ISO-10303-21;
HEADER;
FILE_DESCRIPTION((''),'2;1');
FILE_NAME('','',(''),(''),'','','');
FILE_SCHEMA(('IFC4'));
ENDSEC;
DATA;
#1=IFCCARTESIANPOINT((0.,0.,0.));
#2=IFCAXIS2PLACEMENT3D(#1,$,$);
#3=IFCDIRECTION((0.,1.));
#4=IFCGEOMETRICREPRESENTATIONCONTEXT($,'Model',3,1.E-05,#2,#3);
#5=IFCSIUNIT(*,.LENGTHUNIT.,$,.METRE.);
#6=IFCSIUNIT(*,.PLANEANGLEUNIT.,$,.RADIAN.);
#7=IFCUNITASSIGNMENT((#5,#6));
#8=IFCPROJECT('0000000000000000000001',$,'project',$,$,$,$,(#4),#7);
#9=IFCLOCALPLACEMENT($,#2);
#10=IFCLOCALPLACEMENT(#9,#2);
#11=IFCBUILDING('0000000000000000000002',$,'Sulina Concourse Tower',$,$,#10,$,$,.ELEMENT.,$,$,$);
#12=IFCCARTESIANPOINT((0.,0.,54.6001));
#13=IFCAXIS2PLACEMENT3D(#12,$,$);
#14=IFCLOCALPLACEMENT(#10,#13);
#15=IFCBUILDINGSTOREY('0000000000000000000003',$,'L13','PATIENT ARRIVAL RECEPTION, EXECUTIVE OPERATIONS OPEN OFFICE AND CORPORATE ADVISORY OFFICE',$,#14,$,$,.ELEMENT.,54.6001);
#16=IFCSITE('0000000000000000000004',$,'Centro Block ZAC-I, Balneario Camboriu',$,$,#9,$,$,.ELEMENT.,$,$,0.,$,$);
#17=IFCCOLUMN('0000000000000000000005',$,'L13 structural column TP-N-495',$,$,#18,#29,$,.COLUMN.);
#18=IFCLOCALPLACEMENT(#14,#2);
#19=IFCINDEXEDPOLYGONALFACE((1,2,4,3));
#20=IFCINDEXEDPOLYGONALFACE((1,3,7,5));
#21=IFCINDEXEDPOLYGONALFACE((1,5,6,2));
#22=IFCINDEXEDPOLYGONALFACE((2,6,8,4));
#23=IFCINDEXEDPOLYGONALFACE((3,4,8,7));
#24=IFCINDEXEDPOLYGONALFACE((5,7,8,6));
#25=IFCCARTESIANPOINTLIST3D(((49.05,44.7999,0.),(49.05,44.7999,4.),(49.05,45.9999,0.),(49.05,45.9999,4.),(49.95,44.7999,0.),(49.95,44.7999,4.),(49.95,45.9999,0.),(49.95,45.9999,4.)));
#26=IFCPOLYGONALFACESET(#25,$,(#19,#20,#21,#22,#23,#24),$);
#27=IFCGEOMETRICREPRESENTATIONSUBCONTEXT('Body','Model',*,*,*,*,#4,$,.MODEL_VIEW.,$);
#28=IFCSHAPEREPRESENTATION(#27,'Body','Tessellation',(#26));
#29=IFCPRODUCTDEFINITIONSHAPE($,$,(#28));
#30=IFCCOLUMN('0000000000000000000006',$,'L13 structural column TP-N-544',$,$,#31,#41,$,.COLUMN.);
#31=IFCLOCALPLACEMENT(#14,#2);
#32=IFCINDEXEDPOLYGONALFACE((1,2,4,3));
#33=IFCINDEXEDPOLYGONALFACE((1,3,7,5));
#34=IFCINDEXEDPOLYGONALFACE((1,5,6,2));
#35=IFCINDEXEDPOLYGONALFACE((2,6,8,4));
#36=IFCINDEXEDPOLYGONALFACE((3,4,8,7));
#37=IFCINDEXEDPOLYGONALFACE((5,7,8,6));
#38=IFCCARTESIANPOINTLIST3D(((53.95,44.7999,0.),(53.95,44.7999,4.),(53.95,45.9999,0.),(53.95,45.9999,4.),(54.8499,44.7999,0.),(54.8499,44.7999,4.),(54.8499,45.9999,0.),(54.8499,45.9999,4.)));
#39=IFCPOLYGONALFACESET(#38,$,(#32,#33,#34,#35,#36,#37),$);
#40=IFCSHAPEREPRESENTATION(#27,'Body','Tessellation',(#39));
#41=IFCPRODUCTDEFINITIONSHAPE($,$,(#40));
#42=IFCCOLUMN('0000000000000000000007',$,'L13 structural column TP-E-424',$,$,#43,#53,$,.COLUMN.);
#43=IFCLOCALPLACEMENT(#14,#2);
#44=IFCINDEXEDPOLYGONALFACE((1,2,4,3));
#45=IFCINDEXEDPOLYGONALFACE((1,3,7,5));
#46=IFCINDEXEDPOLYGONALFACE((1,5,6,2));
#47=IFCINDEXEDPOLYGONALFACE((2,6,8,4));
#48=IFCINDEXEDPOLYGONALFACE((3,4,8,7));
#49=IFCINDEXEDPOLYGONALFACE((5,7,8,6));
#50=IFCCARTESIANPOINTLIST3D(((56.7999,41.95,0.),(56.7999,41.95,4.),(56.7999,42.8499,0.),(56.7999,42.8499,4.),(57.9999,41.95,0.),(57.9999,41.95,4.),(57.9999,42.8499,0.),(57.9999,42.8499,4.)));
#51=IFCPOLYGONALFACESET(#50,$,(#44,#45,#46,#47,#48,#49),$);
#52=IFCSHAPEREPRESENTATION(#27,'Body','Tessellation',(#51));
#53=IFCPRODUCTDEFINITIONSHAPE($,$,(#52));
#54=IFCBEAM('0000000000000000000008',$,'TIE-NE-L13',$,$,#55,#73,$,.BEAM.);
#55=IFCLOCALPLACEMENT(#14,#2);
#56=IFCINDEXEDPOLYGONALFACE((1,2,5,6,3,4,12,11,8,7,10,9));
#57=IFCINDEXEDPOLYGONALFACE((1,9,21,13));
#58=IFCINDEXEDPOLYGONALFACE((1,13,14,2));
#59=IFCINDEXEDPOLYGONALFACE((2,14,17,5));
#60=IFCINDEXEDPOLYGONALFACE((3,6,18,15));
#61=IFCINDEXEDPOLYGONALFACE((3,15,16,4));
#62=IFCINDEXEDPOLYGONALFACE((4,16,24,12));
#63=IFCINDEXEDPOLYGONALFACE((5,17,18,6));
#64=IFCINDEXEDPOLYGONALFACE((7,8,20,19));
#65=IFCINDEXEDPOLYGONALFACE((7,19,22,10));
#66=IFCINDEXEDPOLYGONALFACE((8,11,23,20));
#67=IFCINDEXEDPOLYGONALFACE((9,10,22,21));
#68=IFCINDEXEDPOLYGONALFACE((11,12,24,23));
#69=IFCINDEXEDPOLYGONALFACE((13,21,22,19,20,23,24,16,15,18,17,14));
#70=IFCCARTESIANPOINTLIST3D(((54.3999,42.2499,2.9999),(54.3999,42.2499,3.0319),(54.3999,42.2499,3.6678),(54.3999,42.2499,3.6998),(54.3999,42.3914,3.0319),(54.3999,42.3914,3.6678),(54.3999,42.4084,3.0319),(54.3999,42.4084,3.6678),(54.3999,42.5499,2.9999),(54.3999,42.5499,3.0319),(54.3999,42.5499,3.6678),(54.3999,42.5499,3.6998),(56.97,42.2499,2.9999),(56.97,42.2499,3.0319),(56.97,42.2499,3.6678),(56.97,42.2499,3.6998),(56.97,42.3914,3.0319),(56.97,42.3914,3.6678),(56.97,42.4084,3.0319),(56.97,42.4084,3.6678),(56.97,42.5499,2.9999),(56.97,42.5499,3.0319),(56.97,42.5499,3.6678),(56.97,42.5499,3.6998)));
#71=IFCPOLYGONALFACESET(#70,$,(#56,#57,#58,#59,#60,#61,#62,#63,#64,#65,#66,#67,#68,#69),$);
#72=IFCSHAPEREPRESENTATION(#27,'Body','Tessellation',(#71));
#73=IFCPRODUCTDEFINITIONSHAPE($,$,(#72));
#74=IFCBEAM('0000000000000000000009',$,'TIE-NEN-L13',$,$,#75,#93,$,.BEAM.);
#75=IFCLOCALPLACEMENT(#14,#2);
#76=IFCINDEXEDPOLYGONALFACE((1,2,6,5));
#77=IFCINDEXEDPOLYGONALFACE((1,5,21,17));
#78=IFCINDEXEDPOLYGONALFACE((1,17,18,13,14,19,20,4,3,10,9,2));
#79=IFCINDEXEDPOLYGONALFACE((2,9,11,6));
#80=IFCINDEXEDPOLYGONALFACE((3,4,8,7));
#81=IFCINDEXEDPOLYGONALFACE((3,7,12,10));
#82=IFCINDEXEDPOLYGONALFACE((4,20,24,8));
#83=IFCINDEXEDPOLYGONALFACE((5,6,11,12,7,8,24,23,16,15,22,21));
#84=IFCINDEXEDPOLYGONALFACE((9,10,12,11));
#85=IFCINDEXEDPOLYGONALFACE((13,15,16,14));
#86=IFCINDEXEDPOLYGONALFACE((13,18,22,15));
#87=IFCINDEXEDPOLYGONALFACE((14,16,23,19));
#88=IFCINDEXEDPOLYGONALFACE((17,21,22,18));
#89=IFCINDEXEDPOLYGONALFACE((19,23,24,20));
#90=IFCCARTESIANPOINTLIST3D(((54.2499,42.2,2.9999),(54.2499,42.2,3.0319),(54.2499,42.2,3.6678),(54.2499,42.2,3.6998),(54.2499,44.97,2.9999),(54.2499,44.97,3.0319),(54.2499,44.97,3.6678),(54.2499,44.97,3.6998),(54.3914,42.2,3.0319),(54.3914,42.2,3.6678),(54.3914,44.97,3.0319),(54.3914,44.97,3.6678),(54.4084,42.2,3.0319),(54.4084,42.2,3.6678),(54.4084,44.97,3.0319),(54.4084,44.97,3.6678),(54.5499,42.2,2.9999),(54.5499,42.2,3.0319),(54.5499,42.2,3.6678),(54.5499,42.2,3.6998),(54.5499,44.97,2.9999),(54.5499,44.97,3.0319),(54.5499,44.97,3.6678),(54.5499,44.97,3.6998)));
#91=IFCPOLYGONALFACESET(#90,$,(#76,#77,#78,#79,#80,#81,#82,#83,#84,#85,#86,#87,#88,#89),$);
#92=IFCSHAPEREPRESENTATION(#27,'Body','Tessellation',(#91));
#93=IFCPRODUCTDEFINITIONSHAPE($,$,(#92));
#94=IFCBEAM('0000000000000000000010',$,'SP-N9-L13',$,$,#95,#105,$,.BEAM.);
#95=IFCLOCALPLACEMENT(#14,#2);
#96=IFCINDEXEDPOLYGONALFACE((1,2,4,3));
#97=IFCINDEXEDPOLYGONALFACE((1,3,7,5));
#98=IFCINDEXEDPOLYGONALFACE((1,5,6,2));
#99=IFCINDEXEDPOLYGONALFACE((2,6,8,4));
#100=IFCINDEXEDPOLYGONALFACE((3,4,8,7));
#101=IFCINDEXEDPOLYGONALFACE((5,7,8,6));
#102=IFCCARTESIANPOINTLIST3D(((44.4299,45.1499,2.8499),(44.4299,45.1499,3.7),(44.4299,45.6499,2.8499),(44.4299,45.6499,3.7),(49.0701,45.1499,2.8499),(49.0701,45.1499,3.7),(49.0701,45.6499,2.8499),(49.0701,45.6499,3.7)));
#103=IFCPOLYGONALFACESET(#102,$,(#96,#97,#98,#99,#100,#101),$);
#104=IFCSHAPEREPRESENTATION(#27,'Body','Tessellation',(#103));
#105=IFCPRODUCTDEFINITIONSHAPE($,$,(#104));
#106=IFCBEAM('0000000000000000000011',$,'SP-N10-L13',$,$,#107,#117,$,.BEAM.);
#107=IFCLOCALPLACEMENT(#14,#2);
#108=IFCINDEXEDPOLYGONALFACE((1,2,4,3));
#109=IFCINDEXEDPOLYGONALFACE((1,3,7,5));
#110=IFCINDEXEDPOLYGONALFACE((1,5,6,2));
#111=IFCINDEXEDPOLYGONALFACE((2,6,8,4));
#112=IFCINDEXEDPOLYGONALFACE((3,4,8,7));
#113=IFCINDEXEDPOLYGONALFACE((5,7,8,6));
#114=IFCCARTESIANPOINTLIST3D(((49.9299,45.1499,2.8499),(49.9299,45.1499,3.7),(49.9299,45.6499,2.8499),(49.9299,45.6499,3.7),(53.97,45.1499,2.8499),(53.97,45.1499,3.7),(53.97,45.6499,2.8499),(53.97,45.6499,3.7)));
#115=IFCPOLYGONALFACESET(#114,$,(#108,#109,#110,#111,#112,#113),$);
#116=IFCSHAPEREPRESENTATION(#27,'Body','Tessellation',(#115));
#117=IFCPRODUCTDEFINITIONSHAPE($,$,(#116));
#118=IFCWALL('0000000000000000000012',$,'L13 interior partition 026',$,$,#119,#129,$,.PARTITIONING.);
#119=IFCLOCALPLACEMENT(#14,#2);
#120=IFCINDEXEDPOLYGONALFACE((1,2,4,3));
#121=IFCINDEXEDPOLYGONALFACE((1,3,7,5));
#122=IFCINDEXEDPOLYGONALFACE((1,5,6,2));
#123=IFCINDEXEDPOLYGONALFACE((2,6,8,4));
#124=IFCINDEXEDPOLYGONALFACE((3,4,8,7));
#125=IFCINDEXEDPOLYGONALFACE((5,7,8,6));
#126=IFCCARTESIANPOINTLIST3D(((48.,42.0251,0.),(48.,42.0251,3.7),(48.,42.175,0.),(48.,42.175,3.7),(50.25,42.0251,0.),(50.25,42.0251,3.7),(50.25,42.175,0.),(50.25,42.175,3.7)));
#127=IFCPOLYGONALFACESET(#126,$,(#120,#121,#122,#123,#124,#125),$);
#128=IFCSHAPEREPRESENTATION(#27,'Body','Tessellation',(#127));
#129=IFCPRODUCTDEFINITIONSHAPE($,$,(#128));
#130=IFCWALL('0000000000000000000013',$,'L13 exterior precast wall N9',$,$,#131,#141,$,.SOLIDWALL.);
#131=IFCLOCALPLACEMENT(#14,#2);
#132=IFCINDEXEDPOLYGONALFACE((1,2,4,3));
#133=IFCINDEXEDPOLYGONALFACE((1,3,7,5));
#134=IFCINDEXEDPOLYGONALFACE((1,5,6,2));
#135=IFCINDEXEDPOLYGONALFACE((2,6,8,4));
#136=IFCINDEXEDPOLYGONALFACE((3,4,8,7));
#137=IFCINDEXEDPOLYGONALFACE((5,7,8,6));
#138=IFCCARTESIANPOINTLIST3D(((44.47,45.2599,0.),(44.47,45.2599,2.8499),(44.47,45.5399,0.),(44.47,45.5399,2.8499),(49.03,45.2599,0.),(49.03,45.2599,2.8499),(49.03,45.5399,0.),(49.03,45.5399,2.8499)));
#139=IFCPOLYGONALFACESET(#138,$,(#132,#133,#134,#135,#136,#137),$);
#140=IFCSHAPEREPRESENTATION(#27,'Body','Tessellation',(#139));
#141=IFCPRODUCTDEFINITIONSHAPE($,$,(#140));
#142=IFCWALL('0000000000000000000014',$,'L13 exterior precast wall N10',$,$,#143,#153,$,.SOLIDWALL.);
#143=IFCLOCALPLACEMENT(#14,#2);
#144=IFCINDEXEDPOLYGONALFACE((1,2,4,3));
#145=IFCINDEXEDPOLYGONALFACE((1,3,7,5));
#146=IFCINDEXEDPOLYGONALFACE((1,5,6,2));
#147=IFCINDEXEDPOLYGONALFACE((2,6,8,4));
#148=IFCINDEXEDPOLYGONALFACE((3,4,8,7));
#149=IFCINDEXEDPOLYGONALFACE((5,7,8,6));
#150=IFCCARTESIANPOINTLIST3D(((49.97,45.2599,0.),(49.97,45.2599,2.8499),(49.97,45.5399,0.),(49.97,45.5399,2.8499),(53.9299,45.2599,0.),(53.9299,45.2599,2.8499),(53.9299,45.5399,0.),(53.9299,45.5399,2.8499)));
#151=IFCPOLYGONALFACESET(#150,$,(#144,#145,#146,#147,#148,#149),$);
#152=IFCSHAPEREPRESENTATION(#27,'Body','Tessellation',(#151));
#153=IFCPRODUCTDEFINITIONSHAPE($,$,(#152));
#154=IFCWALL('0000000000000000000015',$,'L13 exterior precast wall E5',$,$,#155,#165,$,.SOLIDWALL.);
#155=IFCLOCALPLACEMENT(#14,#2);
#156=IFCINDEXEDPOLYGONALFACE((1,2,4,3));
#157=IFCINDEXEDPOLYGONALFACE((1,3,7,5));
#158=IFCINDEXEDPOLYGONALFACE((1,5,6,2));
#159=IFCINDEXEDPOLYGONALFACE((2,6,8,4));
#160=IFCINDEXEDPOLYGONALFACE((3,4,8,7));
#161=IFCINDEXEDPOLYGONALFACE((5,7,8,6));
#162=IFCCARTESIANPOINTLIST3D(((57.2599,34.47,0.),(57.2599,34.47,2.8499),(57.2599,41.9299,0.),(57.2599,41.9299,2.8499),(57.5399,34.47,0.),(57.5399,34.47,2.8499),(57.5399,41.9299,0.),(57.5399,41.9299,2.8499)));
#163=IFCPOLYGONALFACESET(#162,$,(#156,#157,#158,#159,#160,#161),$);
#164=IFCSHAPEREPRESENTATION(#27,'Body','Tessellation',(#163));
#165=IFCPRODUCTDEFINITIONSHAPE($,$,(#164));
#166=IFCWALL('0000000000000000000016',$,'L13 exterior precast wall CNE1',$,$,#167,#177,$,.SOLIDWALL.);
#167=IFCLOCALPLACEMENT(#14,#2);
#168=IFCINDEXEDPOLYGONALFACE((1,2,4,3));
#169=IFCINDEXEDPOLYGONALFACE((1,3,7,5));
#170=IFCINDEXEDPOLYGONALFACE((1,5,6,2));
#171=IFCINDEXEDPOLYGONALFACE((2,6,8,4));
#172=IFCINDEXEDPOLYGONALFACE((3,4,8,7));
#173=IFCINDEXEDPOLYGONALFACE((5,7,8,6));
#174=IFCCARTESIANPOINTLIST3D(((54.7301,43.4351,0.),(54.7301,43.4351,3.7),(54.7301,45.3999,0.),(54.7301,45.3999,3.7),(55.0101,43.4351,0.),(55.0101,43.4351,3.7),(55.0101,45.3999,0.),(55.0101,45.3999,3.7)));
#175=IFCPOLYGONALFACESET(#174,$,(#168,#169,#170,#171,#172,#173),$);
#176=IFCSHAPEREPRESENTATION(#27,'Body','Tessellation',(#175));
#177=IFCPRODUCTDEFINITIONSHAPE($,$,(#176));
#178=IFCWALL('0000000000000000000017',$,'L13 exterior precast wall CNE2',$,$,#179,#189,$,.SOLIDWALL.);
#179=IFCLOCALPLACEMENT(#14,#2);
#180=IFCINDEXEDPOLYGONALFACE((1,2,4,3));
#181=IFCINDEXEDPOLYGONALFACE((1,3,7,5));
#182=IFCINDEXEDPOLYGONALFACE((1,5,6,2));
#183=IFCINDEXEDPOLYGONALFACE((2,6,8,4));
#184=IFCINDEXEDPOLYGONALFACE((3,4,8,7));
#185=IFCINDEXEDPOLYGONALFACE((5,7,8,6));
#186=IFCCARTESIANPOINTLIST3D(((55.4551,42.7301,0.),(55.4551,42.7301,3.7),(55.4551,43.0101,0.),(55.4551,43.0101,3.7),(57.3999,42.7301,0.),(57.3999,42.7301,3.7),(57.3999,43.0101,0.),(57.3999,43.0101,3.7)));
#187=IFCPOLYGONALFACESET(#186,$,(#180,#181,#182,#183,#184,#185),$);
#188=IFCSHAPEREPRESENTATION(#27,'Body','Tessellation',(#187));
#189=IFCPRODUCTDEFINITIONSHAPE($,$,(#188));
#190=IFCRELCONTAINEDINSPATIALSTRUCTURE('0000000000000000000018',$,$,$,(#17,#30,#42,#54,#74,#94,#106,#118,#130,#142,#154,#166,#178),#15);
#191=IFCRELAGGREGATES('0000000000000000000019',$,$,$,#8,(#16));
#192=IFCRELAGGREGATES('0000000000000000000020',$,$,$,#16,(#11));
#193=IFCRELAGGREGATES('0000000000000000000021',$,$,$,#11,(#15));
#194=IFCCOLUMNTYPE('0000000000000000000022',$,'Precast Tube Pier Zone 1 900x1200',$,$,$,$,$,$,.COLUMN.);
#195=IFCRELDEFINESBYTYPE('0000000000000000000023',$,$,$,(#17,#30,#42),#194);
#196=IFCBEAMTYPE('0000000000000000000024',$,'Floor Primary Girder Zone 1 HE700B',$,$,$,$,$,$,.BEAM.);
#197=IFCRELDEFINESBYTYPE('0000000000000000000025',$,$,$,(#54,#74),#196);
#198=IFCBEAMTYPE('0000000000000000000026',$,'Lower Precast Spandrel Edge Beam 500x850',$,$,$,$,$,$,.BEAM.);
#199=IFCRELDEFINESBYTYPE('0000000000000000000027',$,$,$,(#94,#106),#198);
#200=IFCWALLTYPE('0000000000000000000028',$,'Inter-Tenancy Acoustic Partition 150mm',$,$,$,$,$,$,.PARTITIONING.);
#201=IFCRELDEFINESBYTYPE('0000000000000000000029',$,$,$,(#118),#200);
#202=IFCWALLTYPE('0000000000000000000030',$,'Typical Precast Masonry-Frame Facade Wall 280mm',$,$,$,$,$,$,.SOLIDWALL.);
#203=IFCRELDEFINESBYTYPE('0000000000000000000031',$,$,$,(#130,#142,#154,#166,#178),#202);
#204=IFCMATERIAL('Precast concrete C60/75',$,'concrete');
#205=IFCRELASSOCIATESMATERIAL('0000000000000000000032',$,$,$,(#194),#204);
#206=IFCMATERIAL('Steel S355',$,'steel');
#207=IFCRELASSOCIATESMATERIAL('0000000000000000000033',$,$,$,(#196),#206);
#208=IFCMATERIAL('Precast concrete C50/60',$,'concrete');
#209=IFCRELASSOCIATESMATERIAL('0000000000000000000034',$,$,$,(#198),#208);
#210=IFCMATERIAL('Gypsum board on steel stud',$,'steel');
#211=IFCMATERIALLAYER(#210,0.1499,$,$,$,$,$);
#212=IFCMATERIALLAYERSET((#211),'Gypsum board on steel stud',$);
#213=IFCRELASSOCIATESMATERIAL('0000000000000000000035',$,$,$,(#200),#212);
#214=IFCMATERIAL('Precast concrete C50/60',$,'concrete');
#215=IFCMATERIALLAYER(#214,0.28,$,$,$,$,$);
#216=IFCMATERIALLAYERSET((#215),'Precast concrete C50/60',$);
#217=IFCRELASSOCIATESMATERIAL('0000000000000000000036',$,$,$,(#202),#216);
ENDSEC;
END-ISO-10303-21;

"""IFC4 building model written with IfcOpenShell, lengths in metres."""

from ifc_helpers import new_model, si_unit, direction, frame, frame_2d, origin, origin_2d, place, context, subcontext, project, spatial, rectangle, i_section, extrude, material, layer, layer_set, material_profile, profile_set, type_object, element, save


model = new_model("IFC4")

# Units and contexts
model_context = context("Model", 3, precision=1e-05, world=origin(), true_north=direction((0.0, 1.0)))
body_context = subcontext(model_context, "Body", "Model", "MODEL_VIEW")
ifc_project = project(units=[si_unit("LENGTHUNIT", "METRE"), si_unit("PLANEANGLEUNIT", "RADIAN")], contexts=[model_context])

# Site, building, storey
site_placement = place(None, origin())
site = spatial("IfcSite", under=ifc_project, at=site_placement, Name="Centro Block ZAC-I, Balneario Camboriu", CompositionType="ELEMENT", RefElevation=0.0)
building_placement = place(site_placement, origin())
building = spatial("IfcBuilding", under=site, at=building_placement, Name="Sulina Concourse Tower", CompositionType="ELEMENT")
storey_placement = place(building_placement, frame((0.0, 0.0, 54.6001)))
storey = spatial("IfcBuildingStorey", under=building, at=storey_placement, Name="L13", Description="PATIENT ARRIVAL RECEPTION, EXECUTIVE OPERATIONS OPEN OFFICE AND CORPORATE ADVISORY OFFICE", CompositionType="ELEMENT", Elevation=54.6001)

# Columns
ifc_material_1 = material(Name="Precast concrete C60/75", Category="concrete")
ifc_material_profile_1 = material_profile(ifc_material_1, rectangle(XDim=0.8999, YDim=1.2, at=origin_2d()), Name="PC 900x1200")
ifc_profile_set_1 = profile_set([ifc_material_profile_1], Name="Precast concrete C60/75")
column_type = type_object("IfcColumnType", Name="Precast Tube Pier Zone 1 900x1200", PredefinedType="COLUMN", material=ifc_profile_set_1)
for number, where, z_axis, x_axis, name in (
    (1, (49.5, 45.3999, 0.0), (0.0, 0.0, 1.0), (1.0, 0.0, 0.0), "L13 structural column TP-N-495"),
    (2, (54.3999, 45.3999, 0.0), (0.0, 0.0, 1.0), (1.0, 0.0, 0.0), "L13 structural column TP-N-544"),
    (3, (57.3999, 42.3999, 0.0), (0.0, 0.0, 1.0), (0.0, 1.0, 0.0), "L13 structural column TP-E-424"),
):
    element("IfcColumn", number, at=place(storey_placement, frame(where, z_axis=z_axis, x_axis=x_axis)), inside=storey, type_object=column_type, Name=name, PredefinedType="COLUMN", context=body_context, shape_type="SweptSolid", body=[
        extrude(rectangle(XDim=0.8999, YDim=1.2, at=origin_2d()), origin(), (0.0, 0.0, 1.0), 4.0),
    ])

# Beams
ifc_material_2 = material(Name="Steel S355", Category="steel")
ifc_material_profile_2 = material_profile(ifc_material_2, i_section(OverallWidth=0.3, OverallDepth=0.7, WebThickness=0.0171, FlangeThickness=0.032, at=origin_2d()), Name="HE 700 B")
ifc_profile_set_2 = profile_set([ifc_material_profile_2], Name="Steel S355")
beam_type_1 = type_object("IfcBeamType", Name="Floor Primary Girder Zone 1 HE700B", PredefinedType="BEAM", material=ifc_profile_set_2)
beam_1_placement = place(storey_placement, frame((54.3999, 42.3999, 3.3499), z_axis=(1.0, 0.0, 0.0), x_axis=(0.0, 1.0, 0.0)))
element("IfcBeam", 4, at=beam_1_placement, inside=storey, type_object=beam_type_1, Name="TIE-NE-L13", PredefinedType="BEAM", context=body_context, shape_type="SweptSolid", body=[
    extrude(i_section(OverallWidth=0.3, OverallDepth=0.7, WebThickness=0.0171, FlangeThickness=0.032, at=origin_2d()), origin(), (0.0, 0.0, 1.0), 2.5701),
])
beam_2_placement = place(storey_placement, frame((54.3999, 42.2, 3.3499), z_axis=(0.0, 1.0, 0.0), x_axis=(-1.0, 0.0, 0.0)))
element("IfcBeam", 5, at=beam_2_placement, inside=storey, type_object=beam_type_1, Name="TIE-NEN-L13", PredefinedType="BEAM", context=body_context, shape_type="SweptSolid", body=[
    extrude(i_section(OverallWidth=0.3, OverallDepth=0.7, WebThickness=0.0171, FlangeThickness=0.032, at=origin_2d()), origin(), (0.0, 0.0, 1.0), 2.77),
])
ifc_material_3 = material(Name="Precast concrete C50/60", Category="concrete")
ifc_material_profile_3 = material_profile(ifc_material_3, rectangle(XDim=0.5, YDim=0.8501, at=origin_2d()), Name="RC 500x850")
ifc_profile_set_3 = profile_set([ifc_material_profile_3], Name="Precast concrete C50/60")
beam_type_2 = type_object("IfcBeamType", Name="Lower Precast Spandrel Edge Beam 500x850", PredefinedType="BEAM", material=ifc_profile_set_3)
beam_3_placement = place(storey_placement, frame((44.4299, 45.3999, 3.2749), z_axis=(1.0, 0.0, 0.0), x_axis=(0.0, 1.0, 0.0)))
element("IfcBeam", 6, at=beam_3_placement, inside=storey, type_object=beam_type_2, Name="SP-N9-L13", PredefinedType="BEAM", context=body_context, shape_type="SweptSolid", body=[
    extrude(rectangle(XDim=0.5, YDim=0.8501, at=origin_2d()), origin(), (0.0, 0.0, 1.0), 4.6401),
])
beam_4_placement = place(storey_placement, frame((49.9299, 45.3999, 3.2749), z_axis=(1.0, 0.0, 0.0), x_axis=(0.0, 1.0, 0.0)))
element("IfcBeam", 7, at=beam_4_placement, inside=storey, type_object=beam_type_2, Name="SP-N10-L13", PredefinedType="BEAM", context=body_context, shape_type="SweptSolid", body=[
    extrude(rectangle(XDim=0.5, YDim=0.8501, at=origin_2d()), origin(), (0.0, 0.0, 1.0), 4.04),
])

# Walls
ifc_material_4 = material(Name="Gypsum board on steel stud", Category="steel")
ifc_layer_1 = layer(ifc_material_4, 0.1499)
ifc_layer_set_1 = layer_set([ifc_layer_1], Name="Gypsum board on steel stud")
wall_type_1 = type_object("IfcWallType", Name="Inter-Tenancy Acoustic Partition 150mm", PredefinedType="PARTITIONING", material=ifc_layer_set_1)
wall_1_placement = place(storey_placement, frame((48.0, 42.1001, 0.0), z_axis=(0.0, 0.0, 1.0), x_axis=(1.0, 0.0, 0.0)))
element("IfcWall", 8, at=wall_1_placement, inside=storey, type_object=wall_type_1, Name="L13 interior partition 026", PredefinedType="PARTITIONING", context=body_context, shape_type="SweptSolid", body=[
    extrude(rectangle(XDim=2.25, YDim=0.1499, at=frame_2d((1.125, 0.0))), origin(), (0.0, 0.0, 1.0), 3.7),
])
ifc_material_5 = material(Name="Precast concrete C50/60", Category="concrete")
ifc_layer_2 = layer(ifc_material_5, 0.28)
ifc_layer_set_2 = layer_set([ifc_layer_2], Name="Precast concrete C50/60")
wall_type_2 = type_object("IfcWallType", Name="Typical Precast Masonry-Frame Facade Wall 280mm", PredefinedType="SOLIDWALL", material=ifc_layer_set_2)
wall_2_placement = place(storey_placement, frame((44.47, 45.3999, 0.0), z_axis=(0.0, 0.0, 1.0), x_axis=(1.0, 0.0, 0.0)))
element("IfcWall", 9, at=wall_2_placement, inside=storey, type_object=wall_type_2, Name="L13 exterior precast wall N9", PredefinedType="SOLIDWALL", context=body_context, shape_type="SweptSolid", body=[
    extrude(rectangle(XDim=4.5601, YDim=0.28, at=frame_2d((2.28, 0.0))), origin(), (0.0, 0.0, 1.0), 2.8499),
])
wall_3_placement = place(storey_placement, frame((49.97, 45.3999, 0.0), z_axis=(0.0, 0.0, 1.0), x_axis=(1.0, 0.0, 0.0)))
element("IfcWall", 10, at=wall_3_placement, inside=storey, type_object=wall_type_2, Name="L13 exterior precast wall N10", PredefinedType="SOLIDWALL", context=body_context, shape_type="SweptSolid", body=[
    extrude(rectangle(XDim=3.96, YDim=0.28, at=frame_2d((1.98, 0.0))), origin(), (0.0, 0.0, 1.0), 2.8499),
])
wall_4_placement = place(storey_placement, frame((57.3999, 41.9299, 0.0), z_axis=(0.0, 0.0, 1.0), x_axis=(0.0, -1.0, 0.0)))
element("IfcWall", 11, at=wall_4_placement, inside=storey, type_object=wall_type_2, Name="L13 exterior precast wall E5", PredefinedType="SOLIDWALL", context=body_context, shape_type="SweptSolid", body=[
    extrude(rectangle(XDim=7.46, YDim=0.28, at=frame_2d((3.73, 0.0))), origin(), (0.0, 0.0, 1.0), 2.8499),
])
wall_5_placement = place(storey_placement, frame((54.8701, 45.3999, 0.0), z_axis=(0.0, 0.0, 1.0), x_axis=(0.0, -1.0, 0.0)))
element("IfcWall", 12, at=wall_5_placement, inside=storey, type_object=wall_type_2, Name="L13 exterior precast wall CNE1", PredefinedType="SOLIDWALL", context=body_context, shape_type="SweptSolid", body=[
    extrude(rectangle(XDim=1.9648, YDim=0.28, at=frame_2d((0.9824, 0.0))), origin(), (0.0, 0.0, 1.0), 3.7),
])
wall_6_placement = place(storey_placement, frame((55.4551, 42.8701, 0.0), z_axis=(0.0, 0.0, 1.0), x_axis=(1.0, 0.0, 0.0)))
element("IfcWall", 13, at=wall_6_placement, inside=storey, type_object=wall_type_2, Name="L13 exterior precast wall CNE2", PredefinedType="SOLIDWALL", context=body_context, shape_type="SweptSolid", body=[
    extrude(rectangle(XDim=1.9448, YDim=0.28, at=frame_2d((0.9724, 0.0))), origin(), (0.0, 0.0, 1.0), 3.7),
])

save(model, "model.ifc")
